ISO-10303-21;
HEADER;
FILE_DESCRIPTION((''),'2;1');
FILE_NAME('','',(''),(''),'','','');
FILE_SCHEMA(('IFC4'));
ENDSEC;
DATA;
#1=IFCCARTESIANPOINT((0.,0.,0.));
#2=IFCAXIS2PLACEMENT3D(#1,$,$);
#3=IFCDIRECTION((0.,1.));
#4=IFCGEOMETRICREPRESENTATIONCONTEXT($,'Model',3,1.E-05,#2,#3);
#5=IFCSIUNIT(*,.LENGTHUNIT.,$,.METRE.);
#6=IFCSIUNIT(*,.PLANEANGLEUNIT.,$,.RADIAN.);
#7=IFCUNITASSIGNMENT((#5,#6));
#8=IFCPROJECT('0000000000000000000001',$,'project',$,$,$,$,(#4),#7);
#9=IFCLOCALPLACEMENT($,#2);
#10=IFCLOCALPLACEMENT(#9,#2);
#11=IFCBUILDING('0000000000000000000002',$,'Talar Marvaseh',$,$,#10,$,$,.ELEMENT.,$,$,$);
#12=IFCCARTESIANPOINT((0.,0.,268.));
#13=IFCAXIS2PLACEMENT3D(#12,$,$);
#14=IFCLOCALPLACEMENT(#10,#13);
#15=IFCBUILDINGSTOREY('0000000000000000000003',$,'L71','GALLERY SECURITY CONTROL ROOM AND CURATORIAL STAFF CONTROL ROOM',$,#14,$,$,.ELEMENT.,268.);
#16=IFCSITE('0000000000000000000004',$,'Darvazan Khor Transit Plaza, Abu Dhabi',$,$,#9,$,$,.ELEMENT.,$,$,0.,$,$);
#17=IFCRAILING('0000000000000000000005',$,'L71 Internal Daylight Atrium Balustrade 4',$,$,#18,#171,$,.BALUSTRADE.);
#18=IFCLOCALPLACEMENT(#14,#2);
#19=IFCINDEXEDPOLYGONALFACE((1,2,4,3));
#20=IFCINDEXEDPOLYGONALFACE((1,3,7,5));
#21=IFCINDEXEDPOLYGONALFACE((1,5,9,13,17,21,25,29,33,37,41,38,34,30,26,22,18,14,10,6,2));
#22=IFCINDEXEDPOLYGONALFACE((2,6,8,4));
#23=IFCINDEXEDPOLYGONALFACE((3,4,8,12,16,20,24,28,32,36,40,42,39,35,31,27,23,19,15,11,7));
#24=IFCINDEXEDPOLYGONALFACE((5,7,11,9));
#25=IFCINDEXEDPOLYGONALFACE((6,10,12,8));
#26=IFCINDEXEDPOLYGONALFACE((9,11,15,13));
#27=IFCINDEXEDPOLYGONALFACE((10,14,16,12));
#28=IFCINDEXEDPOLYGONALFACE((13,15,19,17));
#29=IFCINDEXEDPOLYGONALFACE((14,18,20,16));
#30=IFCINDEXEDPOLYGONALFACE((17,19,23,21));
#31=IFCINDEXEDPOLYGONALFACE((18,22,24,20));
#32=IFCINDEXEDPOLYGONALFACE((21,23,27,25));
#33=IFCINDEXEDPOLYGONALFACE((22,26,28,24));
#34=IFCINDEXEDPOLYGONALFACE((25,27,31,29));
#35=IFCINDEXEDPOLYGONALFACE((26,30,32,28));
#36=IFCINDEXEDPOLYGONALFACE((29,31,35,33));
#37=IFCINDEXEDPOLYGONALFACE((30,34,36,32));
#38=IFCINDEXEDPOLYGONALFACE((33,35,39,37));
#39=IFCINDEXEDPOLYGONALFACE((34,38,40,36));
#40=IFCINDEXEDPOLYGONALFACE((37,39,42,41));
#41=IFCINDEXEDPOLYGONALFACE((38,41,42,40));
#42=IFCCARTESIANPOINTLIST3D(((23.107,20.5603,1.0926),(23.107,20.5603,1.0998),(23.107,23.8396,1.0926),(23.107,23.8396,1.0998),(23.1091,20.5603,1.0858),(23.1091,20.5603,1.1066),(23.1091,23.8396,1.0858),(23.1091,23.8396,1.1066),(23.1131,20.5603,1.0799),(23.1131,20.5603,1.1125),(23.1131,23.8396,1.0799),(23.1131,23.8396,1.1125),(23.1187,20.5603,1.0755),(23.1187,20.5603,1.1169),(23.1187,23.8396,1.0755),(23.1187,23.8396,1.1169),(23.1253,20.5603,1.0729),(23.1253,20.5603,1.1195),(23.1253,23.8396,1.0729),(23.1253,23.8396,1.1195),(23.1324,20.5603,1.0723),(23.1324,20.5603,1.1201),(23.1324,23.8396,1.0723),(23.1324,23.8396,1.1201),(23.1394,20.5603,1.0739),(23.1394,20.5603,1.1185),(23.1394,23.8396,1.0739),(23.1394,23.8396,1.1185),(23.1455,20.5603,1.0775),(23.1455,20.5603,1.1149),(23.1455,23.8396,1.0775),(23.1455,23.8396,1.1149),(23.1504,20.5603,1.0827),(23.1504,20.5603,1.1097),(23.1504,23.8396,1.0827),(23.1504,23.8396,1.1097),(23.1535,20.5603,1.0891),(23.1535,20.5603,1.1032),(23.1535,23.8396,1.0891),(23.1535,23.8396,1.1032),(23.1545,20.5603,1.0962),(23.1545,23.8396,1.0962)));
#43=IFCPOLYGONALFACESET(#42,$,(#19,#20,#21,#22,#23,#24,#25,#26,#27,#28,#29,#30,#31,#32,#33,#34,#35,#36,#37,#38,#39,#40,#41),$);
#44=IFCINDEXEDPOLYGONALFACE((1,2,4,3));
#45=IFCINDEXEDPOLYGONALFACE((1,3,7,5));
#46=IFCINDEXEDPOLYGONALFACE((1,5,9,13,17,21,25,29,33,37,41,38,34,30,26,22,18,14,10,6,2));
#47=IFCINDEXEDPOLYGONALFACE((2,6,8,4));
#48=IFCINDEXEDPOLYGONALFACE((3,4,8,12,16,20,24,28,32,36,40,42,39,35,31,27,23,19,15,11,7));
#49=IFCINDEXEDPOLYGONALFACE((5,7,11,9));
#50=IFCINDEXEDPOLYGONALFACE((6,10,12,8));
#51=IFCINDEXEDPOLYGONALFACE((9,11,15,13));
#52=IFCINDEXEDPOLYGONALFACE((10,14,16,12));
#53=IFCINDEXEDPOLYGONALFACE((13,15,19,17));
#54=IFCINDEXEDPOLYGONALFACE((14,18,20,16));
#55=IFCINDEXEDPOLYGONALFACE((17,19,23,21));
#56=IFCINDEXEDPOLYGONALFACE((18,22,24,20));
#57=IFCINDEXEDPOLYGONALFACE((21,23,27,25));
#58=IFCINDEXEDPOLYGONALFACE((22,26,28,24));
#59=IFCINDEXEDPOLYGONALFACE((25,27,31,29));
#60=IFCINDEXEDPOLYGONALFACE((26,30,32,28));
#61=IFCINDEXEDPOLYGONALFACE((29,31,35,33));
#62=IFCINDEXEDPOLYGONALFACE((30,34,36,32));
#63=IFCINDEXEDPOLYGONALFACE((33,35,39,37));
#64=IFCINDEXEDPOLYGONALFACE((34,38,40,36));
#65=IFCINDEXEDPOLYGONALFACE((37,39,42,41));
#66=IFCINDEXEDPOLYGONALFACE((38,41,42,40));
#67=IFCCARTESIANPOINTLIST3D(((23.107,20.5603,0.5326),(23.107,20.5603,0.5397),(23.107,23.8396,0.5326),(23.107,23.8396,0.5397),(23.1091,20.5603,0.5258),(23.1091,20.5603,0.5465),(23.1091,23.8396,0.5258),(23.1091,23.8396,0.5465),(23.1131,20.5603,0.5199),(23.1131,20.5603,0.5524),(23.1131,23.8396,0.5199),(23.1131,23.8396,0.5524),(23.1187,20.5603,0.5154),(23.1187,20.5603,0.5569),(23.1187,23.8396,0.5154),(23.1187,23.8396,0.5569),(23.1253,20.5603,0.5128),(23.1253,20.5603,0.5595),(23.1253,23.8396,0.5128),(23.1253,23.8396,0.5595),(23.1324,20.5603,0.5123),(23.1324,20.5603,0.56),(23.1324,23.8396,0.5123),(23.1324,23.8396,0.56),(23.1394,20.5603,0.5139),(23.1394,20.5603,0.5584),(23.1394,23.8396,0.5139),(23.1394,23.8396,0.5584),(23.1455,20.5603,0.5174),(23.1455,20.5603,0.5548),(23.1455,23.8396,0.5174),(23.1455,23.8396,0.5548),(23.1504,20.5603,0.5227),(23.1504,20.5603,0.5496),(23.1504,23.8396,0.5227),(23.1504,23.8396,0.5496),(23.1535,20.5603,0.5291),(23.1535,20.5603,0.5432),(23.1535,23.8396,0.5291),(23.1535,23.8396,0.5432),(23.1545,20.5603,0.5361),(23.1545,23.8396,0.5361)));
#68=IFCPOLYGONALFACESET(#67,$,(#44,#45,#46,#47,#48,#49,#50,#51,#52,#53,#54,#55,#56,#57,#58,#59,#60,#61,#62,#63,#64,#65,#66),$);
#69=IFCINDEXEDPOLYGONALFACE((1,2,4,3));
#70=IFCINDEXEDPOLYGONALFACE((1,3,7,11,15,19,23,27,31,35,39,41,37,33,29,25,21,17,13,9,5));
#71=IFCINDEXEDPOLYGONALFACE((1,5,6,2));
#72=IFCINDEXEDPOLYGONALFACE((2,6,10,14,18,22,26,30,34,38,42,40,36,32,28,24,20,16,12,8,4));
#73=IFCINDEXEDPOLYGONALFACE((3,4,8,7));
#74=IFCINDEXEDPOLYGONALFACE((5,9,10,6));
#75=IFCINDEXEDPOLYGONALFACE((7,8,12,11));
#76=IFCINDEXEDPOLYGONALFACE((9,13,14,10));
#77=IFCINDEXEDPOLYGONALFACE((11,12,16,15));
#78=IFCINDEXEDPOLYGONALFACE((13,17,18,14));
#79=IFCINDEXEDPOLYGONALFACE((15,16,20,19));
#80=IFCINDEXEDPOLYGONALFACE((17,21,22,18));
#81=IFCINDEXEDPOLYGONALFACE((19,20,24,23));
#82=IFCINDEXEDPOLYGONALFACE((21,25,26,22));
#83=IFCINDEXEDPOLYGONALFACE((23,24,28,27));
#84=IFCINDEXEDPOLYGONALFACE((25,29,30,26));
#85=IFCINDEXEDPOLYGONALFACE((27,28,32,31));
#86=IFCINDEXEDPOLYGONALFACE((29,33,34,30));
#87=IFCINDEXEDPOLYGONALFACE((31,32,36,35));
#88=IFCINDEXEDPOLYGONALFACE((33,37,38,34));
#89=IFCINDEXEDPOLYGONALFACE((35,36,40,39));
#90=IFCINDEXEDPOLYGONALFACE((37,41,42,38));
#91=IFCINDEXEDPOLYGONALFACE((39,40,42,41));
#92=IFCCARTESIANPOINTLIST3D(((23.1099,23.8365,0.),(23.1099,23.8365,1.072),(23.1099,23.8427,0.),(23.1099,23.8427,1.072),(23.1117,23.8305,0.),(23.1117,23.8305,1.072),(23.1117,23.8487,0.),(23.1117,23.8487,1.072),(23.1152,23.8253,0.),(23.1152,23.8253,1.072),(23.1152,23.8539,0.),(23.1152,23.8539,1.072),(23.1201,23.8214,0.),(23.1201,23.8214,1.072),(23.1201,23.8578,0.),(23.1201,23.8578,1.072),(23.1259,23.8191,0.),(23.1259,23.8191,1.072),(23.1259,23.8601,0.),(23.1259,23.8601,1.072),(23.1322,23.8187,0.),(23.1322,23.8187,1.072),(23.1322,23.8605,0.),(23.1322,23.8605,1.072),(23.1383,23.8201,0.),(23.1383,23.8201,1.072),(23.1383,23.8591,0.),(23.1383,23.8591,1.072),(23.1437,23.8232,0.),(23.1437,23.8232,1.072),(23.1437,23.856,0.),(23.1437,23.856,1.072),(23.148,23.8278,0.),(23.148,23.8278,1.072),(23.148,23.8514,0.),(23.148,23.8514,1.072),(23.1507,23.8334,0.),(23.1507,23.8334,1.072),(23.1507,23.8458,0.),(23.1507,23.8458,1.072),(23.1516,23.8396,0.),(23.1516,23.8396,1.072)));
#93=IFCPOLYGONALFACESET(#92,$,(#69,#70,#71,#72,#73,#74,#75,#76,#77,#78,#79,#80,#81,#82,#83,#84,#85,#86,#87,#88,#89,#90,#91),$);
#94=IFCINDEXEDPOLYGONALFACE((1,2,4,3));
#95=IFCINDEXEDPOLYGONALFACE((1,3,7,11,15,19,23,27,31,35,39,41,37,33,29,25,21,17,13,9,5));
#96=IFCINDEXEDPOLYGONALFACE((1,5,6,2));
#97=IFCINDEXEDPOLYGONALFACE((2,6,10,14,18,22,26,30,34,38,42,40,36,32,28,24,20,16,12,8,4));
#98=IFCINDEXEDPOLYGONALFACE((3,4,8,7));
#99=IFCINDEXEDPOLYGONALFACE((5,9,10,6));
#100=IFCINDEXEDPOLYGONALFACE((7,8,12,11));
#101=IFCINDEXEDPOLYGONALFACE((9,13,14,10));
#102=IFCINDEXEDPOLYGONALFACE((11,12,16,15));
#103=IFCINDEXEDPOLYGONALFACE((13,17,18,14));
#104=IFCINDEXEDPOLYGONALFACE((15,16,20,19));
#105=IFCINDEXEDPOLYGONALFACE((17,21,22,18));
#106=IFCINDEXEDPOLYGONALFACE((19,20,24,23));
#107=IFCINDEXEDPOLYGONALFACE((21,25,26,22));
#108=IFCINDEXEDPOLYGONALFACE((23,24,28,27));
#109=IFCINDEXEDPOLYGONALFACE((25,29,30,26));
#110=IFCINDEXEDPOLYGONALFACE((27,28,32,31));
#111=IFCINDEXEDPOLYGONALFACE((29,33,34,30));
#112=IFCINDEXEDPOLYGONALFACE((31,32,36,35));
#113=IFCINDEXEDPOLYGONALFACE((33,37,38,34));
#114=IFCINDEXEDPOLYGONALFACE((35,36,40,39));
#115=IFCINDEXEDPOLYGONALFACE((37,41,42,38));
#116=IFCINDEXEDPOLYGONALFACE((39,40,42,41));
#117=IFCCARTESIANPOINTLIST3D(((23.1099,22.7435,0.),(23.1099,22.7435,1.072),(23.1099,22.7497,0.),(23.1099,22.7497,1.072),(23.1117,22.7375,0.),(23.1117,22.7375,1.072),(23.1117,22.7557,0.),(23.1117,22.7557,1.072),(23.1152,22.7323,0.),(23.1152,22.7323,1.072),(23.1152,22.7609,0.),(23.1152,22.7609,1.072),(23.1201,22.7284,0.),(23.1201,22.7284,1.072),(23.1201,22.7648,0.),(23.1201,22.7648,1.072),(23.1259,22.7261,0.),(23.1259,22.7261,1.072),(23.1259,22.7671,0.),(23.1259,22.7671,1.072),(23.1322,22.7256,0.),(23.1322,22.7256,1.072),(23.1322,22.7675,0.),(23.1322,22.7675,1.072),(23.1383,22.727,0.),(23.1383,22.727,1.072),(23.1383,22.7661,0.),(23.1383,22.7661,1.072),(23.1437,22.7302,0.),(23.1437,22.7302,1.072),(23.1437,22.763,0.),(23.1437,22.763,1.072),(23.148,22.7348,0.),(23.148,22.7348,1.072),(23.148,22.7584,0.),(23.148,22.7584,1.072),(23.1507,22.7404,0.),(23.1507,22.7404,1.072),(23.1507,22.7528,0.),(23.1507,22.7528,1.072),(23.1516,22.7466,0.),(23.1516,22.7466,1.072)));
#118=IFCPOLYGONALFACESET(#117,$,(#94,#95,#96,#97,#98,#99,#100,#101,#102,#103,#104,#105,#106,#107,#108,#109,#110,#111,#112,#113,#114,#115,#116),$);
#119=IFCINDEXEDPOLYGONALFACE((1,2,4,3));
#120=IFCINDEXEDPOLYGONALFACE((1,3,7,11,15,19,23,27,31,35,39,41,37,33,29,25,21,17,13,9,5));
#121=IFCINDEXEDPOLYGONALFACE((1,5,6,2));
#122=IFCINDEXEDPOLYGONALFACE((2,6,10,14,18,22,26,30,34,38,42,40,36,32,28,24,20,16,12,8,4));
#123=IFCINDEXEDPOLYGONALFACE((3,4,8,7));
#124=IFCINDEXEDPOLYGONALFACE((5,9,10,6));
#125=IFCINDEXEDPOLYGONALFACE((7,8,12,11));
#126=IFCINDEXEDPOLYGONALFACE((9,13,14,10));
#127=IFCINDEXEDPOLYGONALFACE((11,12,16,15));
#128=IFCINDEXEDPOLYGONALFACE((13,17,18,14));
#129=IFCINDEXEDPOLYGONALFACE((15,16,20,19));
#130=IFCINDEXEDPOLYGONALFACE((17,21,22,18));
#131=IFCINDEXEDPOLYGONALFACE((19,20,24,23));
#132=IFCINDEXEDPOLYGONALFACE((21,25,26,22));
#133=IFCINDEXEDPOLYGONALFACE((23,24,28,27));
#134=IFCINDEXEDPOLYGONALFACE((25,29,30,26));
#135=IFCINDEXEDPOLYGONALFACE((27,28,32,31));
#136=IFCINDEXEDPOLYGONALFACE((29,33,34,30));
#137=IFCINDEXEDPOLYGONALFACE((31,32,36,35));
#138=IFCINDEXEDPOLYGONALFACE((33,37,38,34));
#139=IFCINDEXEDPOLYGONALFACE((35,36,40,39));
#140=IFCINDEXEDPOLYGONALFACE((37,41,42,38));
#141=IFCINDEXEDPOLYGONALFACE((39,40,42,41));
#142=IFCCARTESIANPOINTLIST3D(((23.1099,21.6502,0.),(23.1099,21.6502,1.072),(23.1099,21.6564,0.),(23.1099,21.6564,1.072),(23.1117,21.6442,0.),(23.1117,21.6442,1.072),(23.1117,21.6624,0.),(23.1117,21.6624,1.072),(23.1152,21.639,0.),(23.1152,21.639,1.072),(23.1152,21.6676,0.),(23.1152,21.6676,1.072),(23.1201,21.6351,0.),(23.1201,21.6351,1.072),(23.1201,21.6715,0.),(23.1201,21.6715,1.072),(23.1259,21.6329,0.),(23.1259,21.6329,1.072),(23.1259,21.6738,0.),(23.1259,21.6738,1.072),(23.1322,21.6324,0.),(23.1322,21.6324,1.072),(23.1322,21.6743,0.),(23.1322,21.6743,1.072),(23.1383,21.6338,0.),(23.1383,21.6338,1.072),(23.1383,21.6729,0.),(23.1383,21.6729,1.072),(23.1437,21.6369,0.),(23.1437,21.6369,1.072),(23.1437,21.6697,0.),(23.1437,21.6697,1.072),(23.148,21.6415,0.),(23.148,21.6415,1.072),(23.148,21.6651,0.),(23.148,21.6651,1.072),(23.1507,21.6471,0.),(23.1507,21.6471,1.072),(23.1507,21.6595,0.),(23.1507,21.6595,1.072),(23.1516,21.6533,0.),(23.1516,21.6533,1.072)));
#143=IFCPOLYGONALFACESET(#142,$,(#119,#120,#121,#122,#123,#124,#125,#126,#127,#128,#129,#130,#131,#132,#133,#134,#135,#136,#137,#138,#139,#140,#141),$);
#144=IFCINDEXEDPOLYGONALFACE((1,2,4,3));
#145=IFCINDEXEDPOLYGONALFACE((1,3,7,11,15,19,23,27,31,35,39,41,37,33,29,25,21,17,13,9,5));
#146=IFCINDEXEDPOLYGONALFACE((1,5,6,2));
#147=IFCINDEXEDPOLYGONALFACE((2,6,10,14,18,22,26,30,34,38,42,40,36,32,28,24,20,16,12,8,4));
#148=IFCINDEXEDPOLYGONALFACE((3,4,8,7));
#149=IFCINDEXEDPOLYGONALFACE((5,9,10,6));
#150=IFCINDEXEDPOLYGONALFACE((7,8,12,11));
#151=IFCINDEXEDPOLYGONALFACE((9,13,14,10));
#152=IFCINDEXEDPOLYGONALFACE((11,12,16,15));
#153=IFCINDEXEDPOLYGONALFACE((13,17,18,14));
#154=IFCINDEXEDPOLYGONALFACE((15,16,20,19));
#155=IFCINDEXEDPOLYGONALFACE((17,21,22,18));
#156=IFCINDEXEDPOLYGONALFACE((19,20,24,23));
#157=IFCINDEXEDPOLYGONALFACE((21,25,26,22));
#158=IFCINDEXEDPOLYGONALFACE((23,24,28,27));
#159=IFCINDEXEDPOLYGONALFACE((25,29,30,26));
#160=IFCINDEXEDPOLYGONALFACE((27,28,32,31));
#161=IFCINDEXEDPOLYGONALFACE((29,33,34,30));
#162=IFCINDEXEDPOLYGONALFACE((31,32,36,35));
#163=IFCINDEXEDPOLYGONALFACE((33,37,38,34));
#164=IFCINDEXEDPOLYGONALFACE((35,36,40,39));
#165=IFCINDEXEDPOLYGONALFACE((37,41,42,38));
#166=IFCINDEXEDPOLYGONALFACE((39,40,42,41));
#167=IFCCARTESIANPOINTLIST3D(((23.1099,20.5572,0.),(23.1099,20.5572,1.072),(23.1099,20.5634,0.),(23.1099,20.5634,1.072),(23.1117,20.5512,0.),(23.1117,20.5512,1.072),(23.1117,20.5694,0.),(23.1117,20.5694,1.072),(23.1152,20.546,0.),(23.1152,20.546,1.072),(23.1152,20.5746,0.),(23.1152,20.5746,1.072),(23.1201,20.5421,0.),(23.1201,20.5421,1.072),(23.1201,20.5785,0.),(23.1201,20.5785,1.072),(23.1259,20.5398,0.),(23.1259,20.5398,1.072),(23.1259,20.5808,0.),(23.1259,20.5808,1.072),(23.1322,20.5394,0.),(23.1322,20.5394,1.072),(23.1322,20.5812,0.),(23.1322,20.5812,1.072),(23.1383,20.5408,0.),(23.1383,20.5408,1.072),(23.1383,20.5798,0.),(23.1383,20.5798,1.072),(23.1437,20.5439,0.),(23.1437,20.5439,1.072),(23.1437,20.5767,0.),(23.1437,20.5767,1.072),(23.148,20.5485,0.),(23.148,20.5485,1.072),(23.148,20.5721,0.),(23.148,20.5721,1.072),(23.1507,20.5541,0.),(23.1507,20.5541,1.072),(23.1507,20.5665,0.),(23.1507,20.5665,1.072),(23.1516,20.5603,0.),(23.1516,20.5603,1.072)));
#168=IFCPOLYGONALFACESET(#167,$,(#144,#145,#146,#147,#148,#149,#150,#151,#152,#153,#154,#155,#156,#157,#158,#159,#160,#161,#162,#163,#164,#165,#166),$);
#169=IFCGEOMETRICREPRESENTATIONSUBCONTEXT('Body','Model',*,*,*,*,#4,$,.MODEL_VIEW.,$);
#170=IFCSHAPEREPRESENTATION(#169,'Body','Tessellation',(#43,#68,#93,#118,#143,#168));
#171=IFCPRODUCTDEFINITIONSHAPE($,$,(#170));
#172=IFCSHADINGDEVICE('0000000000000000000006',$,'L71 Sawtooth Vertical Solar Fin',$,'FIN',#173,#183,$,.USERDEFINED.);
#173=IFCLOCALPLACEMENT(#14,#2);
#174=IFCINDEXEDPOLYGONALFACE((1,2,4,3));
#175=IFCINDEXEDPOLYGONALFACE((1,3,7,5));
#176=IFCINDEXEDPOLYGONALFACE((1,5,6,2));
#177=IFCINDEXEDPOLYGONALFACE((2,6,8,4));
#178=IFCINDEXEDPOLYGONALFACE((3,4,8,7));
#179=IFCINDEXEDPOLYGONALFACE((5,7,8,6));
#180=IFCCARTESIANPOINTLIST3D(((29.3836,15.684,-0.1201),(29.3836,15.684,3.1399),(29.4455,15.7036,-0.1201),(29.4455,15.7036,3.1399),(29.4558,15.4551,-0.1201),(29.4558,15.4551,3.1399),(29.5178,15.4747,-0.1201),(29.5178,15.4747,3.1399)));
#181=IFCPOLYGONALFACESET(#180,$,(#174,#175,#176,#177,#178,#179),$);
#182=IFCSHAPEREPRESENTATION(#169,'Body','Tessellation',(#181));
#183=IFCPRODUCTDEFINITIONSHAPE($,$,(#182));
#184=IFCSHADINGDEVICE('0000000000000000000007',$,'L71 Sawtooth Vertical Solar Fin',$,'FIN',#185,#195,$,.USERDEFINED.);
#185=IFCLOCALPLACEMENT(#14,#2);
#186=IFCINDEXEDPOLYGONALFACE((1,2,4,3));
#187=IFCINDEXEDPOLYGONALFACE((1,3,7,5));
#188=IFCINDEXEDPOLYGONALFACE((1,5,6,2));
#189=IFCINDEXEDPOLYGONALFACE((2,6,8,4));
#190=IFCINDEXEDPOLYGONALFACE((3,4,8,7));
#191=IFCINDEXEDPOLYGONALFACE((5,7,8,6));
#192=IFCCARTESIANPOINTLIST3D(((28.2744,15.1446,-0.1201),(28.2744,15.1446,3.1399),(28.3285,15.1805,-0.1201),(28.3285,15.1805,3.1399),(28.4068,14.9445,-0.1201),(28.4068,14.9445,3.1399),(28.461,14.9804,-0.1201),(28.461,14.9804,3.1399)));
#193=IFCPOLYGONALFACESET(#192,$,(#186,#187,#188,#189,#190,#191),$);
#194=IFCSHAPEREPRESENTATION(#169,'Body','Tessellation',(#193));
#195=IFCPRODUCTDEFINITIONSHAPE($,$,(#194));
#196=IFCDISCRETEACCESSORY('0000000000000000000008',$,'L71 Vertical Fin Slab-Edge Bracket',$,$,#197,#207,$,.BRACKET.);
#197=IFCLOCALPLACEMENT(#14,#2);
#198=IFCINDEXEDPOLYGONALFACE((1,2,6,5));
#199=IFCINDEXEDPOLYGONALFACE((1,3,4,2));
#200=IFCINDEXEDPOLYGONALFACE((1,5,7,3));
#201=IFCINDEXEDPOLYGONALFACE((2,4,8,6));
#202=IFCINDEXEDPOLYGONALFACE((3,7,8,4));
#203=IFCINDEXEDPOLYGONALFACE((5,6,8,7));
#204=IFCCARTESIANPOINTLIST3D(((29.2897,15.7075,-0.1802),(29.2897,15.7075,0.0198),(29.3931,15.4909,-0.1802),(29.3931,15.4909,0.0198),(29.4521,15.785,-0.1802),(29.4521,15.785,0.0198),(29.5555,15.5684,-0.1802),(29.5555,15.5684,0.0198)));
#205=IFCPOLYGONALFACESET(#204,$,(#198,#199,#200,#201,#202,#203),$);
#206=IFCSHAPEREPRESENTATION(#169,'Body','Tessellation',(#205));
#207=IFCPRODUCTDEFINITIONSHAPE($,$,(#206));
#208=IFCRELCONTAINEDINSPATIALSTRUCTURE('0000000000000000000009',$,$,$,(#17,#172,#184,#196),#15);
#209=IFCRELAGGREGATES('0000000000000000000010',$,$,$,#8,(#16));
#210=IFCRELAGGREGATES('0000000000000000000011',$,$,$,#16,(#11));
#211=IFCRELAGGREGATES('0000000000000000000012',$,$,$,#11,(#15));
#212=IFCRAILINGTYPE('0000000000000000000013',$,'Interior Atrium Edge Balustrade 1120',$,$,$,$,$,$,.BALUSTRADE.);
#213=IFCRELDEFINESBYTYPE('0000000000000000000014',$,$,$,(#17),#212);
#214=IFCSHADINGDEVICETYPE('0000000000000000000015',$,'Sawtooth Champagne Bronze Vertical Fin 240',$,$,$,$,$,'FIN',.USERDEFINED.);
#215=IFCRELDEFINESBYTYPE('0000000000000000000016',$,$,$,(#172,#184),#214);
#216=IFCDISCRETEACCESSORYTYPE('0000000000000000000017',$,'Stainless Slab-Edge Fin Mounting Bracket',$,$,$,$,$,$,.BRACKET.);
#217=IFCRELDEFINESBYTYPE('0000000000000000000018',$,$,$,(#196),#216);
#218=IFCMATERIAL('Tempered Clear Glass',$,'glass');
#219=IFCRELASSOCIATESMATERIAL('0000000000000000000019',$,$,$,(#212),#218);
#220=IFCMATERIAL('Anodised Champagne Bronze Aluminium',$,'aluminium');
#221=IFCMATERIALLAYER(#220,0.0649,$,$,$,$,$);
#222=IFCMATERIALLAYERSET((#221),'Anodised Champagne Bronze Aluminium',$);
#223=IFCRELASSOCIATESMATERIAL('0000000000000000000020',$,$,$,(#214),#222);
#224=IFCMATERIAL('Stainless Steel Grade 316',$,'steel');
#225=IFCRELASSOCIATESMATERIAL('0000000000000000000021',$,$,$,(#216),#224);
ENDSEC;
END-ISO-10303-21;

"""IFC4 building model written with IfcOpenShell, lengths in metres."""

from ifc_helpers import new_model, si_unit, direction, frame, origin, origin_2d, place, context, subcontext, project, spatial, rectangle, circle, extrude, source, transform, mapped, material, layer, layer_set, type_object, type_shapes, element, save


model = new_model("IFC4")

# Units and contexts
model_context = context("Model", 3, precision=1e-05, world=origin(), true_north=direction((0.0, 1.0)))
body_context = subcontext(model_context, "Body", "Model", "MODEL_VIEW")
ifc_project = project(units=[si_unit("LENGTHUNIT", "METRE"), si_unit("PLANEANGLEUNIT", "RADIAN")], contexts=[model_context])

# Site, building, storey
site_placement = place(None, origin())
site = spatial("IfcSite", under=ifc_project, at=site_placement, Name="Darvazan Khor Transit Plaza, Abu Dhabi", CompositionType="ELEMENT", RefElevation=0.0)
building_placement = place(site_placement, origin())
building = spatial("IfcBuilding", under=site, at=building_placement, Name="Talar Marvaseh", CompositionType="ELEMENT")
storey_placement = place(building_placement, frame((0.0, 0.0, 268.0)))
storey = spatial("IfcBuildingStorey", under=building, at=storey_placement, Name="L71", Description="GALLERY SECURITY CONTROL ROOM AND CURATORIAL STAFF CONTROL ROOM", CompositionType="ELEMENT", Elevation=268.0)

# Railing
ifc_material_1 = material(Name="Tempered Clear Glass", Category="glass")
railing_type = type_object("IfcRailingType", Name="Interior Atrium Edge Balustrade 1120", PredefinedType="BALUSTRADE", material=ifc_material_1)
railing_1_placement = place(storey_placement, frame((23.1306, 23.8396, 0.0)))
element("IfcRailing", 1, at=railing_1_placement, inside=storey, type_object=railing_type, Name="L71 Internal Daylight Atrium Balustrade 4", PredefinedType="BALUSTRADE", context=body_context, shape_type="SweptSolid", body=[
    extrude(circle(Radius=0.0239, at=origin_2d()), frame((0.0, 0.0, 1.0962), z_axis=(0.0, -1.0, 0.0), x_axis=(1.0, 0.0, 0.0)), (0.0, 0.0, 1.0), 3.2793),
    extrude(circle(Radius=0.0239, at=origin_2d()), frame((0.0, 0.0, 0.5361), z_axis=(0.0, -1.0, 0.0), x_axis=(1.0, 0.0, 0.0)), (0.0, 0.0, 1.0), 3.2793),
    extrude(circle(Radius=0.021, at=origin_2d()), origin(), (0.0, 0.0, 1.0), 1.072),
    extrude(circle(Radius=0.021, at=origin_2d()), frame((0.0, -1.093, 0.0)), (0.0, 0.0, 1.0), 1.072),
    extrude(circle(Radius=0.021, at=origin_2d()), frame((0.0, -2.1863, 0.0)), (0.0, 0.0, 1.0), 1.072),
    extrude(circle(Radius=0.021, at=origin_2d()), frame((0.0, -3.2793, 0.0)), (0.0, 0.0, 1.0), 1.072),
])

# Shading devices
ifc_material_2 = material(Name="Anodised Champagne Bronze Aluminium", Category="aluminium")
ifc_layer_1 = layer(ifc_material_2, 0.0649)
ifc_layer_set_1 = layer_set([ifc_layer_1], Name="Anodised Champagne Bronze Aluminium")
shading_device_type = type_object("IfcShadingDeviceType", Name="Sawtooth Champagne Bronze Vertical Fin 240", ElementType="FIN", PredefinedType="USERDEFINED", material=ifc_layer_set_1)
shared_shape_1 = source(origin(), body_context, "Body", "SweptSolid", [
    extrude(rectangle(XDim=0.24, YDim=0.0649, at=origin_2d()), origin(), (0.0, 0.0, 1.0), 3.26),
])
type_shapes(shading_device_type, [shared_shape_1])
for number, where, z_axis, x_axis, name in (
    (2, (29.4507, 15.5793, -0.1201), (0.0, 0.0, 1.0), (0.300872, -0.953664, 0.0), "L71 Sawtooth Vertical Solar Fin"),
    (3, (28.3677, 15.0625, -0.1201), (0.0, 0.0, 1.0), (0.552083, -0.833789, 0.0), "L71 Sawtooth Vertical Solar Fin"),
):
    element("IfcShadingDevice", number, at=place(storey_placement, frame(where, z_axis=z_axis, x_axis=x_axis)), inside=storey, type_object=shading_device_type, Name=name, ObjectType="FIN", PredefinedType="USERDEFINED", context=body_context, shape_type="MappedRepresentation", body=[
        mapped(shared_shape_1, transform((0.0, 0.0, 0.0), x_axis=(1.0, 0.0, 0.0), y_axis=(0.0, 1.0, 0.0), z_axis=(0.0, 0.0, 1.0), scale=1.0)),
    ])

# Discrete accessory
ifc_material_3 = material(Name="Stainless Steel Grade 316", Category="steel")
discrete_accessory_type = type_object("IfcDiscreteAccessoryType", Name="Stainless Slab-Edge Fin Mounting Bracket", PredefinedType="BRACKET", material=ifc_material_3)
shared_shape_2 = source(origin(), body_context, "Body", "SweptSolid", [
    extrude(rectangle(XDim=0.24, YDim=0.1799, at=origin_2d()), origin(), (0.0, 0.0, 1.0), 0.2),
])
type_shapes(discrete_accessory_type, [shared_shape_2])
for number, where, z_axis, x_axis, name in (
    (4, (29.4226, 15.6379, -0.1802), (0.0, 0.0, 1.0), (0.430669, -0.90251, 0.0), "L71 Vertical Fin Slab-Edge Bracket"),
):
    element("IfcDiscreteAccessory", number, at=place(storey_placement, frame(where, z_axis=z_axis, x_axis=x_axis)), inside=storey, type_object=discrete_accessory_type, Name=name, PredefinedType="BRACKET", context=body_context, shape_type="MappedRepresentation", body=[
        mapped(shared_shape_2, transform((0.0, 0.0, 0.0), x_axis=(1.0, 0.0, 0.0), y_axis=(0.0, 1.0, 0.0), z_axis=(0.0, 0.0, 1.0), scale=1.0)),
    ])

save(model, "model.ifc")
